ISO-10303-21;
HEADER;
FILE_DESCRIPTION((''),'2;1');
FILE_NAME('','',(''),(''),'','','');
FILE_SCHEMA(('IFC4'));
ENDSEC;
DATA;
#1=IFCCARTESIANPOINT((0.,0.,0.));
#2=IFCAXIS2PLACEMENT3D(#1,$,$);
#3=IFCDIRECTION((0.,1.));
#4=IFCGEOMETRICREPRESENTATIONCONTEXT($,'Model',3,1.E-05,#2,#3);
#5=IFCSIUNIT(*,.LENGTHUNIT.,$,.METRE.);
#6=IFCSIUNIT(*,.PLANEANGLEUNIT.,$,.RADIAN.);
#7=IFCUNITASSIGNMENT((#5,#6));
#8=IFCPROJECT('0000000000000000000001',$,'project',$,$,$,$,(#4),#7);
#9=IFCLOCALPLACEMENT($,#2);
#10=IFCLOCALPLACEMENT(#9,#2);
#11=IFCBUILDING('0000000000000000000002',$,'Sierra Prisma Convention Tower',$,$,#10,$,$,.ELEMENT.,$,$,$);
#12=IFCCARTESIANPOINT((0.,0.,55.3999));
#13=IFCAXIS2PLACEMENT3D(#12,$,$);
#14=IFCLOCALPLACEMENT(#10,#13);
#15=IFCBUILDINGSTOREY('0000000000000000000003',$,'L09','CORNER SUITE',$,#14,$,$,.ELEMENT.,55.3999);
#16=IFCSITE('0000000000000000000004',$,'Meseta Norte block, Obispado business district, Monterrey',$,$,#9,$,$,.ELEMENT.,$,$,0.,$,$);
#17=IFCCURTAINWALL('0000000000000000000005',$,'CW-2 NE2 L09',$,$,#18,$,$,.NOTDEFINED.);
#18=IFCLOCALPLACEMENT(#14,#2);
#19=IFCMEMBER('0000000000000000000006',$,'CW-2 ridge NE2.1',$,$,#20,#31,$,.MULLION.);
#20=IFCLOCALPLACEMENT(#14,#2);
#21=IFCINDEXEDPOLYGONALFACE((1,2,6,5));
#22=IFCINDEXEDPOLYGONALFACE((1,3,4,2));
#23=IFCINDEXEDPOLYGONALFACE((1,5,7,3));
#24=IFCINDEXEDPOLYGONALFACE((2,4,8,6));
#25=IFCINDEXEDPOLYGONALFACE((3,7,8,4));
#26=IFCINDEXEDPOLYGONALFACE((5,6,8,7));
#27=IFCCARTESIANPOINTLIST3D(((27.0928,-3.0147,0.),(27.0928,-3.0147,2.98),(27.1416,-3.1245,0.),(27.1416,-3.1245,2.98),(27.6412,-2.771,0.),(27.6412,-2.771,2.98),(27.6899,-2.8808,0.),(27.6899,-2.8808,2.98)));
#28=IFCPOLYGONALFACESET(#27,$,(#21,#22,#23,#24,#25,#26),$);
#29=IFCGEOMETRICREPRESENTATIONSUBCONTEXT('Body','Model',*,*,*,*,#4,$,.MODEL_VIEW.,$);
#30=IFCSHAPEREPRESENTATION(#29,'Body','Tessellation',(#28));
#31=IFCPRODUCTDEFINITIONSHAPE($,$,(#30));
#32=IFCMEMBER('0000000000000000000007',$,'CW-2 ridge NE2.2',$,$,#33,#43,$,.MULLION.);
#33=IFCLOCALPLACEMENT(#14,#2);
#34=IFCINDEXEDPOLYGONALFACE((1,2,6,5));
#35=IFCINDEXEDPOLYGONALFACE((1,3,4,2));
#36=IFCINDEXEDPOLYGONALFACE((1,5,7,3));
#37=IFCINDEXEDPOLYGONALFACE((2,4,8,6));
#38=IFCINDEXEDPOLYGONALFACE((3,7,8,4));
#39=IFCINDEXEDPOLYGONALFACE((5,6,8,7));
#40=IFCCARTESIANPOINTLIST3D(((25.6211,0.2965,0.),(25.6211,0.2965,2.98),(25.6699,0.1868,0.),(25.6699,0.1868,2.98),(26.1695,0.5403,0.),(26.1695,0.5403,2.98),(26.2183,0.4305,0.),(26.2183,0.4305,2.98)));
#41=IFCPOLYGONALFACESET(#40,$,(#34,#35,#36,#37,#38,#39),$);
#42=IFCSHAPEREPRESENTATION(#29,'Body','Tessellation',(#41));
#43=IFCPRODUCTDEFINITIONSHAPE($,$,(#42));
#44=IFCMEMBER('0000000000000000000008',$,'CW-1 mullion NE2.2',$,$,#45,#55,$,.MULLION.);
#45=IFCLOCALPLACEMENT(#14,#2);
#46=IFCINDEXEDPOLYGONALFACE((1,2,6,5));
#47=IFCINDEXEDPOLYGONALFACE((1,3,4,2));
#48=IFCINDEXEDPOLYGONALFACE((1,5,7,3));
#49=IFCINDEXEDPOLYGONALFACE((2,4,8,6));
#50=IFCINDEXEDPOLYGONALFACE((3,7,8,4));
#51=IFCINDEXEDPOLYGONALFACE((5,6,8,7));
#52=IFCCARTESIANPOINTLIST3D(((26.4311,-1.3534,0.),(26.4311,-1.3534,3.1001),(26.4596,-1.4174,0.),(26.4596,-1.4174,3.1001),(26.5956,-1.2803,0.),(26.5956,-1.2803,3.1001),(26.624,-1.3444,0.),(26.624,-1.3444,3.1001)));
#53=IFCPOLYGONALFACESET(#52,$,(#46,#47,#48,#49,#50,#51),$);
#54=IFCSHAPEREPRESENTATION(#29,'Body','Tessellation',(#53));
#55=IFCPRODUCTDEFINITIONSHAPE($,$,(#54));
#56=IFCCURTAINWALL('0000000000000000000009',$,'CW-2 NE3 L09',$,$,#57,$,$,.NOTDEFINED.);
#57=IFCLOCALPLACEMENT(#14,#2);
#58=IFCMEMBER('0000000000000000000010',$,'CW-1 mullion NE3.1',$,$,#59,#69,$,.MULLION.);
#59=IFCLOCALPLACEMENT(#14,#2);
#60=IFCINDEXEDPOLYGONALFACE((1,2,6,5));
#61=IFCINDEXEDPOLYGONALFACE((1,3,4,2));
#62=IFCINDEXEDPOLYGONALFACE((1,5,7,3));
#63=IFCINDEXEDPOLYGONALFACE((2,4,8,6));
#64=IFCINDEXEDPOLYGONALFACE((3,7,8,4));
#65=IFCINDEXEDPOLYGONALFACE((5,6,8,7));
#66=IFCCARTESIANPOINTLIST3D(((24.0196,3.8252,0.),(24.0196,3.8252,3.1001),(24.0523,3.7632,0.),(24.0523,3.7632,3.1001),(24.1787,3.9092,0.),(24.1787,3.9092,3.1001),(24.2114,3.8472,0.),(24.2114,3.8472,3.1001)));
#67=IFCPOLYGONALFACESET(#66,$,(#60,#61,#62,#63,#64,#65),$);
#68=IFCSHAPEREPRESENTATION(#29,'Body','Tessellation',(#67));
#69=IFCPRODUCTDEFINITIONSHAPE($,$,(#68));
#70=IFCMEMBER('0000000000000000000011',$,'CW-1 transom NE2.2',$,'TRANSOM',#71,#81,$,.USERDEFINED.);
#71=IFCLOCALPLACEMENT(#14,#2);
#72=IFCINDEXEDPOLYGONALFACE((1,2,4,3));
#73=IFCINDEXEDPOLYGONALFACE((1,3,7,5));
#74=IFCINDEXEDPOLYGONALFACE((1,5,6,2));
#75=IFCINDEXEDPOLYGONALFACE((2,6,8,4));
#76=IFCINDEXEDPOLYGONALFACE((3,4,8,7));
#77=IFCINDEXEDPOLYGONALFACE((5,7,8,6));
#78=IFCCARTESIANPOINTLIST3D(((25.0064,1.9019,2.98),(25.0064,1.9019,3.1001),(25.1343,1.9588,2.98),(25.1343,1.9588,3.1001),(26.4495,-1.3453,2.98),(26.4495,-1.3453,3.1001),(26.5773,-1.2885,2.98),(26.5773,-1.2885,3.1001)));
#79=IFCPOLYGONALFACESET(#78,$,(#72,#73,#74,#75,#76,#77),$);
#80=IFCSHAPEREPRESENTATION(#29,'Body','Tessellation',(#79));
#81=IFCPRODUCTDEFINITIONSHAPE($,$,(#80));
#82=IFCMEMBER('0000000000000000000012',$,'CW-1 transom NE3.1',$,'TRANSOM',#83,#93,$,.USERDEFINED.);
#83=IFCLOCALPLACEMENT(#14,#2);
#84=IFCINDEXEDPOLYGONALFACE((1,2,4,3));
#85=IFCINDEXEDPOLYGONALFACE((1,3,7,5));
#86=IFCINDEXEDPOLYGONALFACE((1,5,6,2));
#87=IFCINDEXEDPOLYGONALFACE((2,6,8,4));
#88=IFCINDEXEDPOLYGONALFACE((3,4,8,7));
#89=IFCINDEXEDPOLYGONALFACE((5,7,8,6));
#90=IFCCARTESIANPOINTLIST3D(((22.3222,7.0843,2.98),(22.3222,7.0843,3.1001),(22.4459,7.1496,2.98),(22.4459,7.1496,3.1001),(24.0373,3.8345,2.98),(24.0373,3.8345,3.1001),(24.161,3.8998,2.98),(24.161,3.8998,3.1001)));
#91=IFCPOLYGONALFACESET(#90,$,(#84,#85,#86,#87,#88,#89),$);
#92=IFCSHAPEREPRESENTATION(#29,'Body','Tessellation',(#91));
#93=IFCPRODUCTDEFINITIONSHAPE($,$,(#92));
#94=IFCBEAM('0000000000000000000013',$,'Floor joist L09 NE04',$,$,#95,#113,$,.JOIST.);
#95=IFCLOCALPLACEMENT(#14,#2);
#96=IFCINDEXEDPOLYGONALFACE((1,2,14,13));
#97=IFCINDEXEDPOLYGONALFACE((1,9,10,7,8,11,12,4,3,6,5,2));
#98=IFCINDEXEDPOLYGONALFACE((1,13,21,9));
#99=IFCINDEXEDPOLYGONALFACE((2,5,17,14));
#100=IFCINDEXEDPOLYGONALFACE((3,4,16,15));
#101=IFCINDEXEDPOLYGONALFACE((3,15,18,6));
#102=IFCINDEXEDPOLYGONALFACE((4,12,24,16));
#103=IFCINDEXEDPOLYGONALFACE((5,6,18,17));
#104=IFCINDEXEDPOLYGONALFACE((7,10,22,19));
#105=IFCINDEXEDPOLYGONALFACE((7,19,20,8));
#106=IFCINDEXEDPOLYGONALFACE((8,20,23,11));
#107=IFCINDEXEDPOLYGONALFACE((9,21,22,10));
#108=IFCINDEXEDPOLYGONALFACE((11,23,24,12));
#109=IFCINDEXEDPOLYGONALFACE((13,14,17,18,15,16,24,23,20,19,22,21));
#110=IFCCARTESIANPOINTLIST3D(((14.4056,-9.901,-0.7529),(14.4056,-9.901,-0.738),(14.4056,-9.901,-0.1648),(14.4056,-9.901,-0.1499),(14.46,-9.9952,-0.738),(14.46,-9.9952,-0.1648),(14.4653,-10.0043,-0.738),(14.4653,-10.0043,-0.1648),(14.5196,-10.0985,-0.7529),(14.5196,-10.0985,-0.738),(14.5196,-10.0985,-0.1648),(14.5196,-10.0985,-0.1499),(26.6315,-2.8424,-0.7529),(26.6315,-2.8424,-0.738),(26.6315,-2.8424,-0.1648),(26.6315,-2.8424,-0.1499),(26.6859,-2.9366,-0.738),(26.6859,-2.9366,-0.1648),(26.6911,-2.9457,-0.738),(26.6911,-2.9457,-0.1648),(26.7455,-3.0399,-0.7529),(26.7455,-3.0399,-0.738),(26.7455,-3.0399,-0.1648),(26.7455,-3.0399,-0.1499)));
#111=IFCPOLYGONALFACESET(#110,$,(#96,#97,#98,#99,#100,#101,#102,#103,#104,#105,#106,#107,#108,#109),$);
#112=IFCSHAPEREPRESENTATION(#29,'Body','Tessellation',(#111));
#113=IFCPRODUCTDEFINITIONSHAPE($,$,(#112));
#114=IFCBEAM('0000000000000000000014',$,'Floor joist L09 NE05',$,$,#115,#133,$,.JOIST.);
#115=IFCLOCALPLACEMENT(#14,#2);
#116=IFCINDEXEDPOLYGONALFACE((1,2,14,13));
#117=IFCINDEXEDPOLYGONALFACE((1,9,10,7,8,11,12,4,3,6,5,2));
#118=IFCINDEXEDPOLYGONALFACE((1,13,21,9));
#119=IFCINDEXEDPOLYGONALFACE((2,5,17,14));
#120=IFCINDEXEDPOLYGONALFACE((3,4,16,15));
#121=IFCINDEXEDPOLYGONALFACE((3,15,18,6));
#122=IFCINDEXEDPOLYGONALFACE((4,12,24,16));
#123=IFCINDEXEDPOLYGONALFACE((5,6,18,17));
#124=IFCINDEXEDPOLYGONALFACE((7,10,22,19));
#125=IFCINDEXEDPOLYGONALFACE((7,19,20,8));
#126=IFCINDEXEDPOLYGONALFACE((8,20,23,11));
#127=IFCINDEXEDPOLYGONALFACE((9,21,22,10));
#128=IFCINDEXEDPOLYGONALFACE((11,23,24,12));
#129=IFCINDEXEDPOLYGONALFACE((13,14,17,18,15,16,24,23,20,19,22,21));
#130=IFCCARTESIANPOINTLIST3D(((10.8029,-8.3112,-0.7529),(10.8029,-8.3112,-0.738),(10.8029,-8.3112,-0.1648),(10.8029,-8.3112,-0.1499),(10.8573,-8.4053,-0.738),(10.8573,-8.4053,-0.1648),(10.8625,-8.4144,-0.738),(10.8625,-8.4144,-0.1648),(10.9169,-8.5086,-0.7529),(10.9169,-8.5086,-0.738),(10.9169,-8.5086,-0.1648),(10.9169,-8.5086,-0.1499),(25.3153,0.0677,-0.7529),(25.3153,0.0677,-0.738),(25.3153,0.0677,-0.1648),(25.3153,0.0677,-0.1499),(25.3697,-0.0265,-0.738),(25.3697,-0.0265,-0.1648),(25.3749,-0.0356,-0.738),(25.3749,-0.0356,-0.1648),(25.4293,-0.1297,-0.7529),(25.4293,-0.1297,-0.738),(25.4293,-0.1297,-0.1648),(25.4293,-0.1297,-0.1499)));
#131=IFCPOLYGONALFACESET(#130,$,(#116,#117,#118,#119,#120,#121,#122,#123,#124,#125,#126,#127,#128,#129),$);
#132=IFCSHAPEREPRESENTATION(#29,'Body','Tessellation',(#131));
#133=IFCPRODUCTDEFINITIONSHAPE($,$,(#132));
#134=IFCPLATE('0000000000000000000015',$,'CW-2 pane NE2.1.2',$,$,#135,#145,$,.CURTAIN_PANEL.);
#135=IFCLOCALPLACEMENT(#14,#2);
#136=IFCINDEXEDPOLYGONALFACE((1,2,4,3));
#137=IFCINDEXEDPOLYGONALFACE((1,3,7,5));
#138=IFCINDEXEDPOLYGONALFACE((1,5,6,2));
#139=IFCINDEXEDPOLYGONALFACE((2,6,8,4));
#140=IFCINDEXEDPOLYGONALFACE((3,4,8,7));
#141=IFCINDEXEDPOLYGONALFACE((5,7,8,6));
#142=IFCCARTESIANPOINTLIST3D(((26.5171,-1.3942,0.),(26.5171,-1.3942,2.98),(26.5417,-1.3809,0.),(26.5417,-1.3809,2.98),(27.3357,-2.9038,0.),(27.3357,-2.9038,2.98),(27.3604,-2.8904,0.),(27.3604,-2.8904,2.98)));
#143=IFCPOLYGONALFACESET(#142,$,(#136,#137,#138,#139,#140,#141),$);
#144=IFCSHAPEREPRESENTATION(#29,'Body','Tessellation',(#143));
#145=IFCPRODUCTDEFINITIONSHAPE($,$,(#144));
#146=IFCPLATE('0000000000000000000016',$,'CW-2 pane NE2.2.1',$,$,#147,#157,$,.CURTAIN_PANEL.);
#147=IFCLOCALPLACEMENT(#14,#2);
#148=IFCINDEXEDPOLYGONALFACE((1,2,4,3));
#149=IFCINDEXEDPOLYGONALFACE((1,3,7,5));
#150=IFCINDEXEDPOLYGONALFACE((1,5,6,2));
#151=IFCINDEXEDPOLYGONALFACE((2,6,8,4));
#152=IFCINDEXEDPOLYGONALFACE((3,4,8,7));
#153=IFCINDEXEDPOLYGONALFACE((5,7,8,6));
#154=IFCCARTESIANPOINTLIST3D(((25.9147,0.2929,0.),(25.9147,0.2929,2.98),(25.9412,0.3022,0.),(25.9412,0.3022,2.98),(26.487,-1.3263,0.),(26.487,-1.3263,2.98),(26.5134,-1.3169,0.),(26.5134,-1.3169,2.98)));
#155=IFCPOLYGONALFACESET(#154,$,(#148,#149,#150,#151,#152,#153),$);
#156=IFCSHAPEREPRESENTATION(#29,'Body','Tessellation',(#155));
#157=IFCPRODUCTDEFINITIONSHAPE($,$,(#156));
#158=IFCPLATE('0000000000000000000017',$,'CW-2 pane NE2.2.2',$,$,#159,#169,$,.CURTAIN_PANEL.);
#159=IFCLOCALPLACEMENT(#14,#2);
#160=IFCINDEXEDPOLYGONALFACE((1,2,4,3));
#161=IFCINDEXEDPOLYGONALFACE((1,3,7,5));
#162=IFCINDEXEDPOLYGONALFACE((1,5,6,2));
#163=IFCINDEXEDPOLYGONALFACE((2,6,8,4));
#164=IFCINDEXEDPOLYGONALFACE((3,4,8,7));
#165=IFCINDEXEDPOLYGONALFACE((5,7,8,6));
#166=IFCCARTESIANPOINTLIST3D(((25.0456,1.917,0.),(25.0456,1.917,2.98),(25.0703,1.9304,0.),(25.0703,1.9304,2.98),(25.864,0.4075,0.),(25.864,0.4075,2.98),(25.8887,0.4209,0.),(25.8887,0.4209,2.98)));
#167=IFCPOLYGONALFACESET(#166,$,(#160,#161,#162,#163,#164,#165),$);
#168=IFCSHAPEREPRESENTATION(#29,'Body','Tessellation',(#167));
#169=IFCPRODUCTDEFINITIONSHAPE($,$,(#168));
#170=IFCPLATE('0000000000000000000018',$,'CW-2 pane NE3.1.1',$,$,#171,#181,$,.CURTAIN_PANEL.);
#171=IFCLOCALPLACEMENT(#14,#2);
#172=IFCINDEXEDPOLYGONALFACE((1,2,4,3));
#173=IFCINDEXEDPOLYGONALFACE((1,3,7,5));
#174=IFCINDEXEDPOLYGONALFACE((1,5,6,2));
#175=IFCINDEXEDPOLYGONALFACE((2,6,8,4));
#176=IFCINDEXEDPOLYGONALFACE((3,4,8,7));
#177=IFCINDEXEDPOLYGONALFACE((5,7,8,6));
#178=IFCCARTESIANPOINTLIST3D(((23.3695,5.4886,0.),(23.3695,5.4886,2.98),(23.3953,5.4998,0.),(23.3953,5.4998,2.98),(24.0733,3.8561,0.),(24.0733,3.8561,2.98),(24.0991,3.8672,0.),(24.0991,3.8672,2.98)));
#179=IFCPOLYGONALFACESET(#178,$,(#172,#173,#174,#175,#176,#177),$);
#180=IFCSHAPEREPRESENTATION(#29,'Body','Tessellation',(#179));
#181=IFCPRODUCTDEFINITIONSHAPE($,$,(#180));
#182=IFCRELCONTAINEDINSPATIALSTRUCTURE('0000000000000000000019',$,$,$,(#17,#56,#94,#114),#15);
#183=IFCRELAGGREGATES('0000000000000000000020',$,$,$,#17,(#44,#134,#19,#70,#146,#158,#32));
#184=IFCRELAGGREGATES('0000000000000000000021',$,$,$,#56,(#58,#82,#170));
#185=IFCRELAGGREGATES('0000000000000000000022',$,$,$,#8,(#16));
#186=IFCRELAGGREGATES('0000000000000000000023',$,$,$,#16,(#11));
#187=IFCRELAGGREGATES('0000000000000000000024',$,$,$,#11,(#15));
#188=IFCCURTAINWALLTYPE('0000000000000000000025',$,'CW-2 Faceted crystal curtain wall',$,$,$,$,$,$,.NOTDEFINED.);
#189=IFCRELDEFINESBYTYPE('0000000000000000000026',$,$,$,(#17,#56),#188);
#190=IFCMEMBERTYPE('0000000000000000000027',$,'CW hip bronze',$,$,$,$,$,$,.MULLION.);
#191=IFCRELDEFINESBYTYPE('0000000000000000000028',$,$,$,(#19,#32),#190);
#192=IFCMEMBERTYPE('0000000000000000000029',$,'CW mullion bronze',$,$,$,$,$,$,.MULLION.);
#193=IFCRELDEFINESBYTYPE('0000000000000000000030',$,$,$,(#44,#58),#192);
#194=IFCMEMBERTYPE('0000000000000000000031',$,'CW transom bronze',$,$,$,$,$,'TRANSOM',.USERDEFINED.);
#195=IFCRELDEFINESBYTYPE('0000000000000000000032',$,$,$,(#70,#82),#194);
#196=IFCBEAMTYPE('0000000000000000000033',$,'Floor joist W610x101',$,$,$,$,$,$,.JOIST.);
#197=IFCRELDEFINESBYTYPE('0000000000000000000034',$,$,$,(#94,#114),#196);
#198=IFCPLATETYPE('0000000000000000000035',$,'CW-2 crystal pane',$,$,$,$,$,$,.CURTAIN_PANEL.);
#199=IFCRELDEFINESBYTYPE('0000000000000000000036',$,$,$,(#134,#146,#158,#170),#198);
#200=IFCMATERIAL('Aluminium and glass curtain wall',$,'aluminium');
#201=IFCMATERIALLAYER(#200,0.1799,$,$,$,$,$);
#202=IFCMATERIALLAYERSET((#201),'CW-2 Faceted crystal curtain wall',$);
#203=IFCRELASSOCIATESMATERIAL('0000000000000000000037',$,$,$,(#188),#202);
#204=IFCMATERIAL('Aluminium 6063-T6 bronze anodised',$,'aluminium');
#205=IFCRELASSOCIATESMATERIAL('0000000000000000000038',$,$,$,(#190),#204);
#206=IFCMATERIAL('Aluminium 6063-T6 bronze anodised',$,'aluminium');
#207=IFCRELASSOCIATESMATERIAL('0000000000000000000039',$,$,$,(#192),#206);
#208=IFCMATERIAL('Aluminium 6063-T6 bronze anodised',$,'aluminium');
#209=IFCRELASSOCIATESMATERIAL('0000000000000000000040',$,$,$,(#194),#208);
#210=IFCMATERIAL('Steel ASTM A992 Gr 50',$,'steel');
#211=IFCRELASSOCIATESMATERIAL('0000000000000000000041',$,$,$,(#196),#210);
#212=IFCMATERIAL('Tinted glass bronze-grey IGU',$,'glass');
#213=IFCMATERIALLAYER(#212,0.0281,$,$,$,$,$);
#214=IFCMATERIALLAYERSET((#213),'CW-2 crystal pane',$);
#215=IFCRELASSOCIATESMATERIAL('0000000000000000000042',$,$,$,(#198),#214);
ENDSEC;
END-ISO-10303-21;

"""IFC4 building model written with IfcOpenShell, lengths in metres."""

from ifc_helpers import new_model, si_unit, direction, frame, origin, origin_2d, place, context, subcontext, project, spatial, polyline, rectangle, i_section, outline, extrude, material, layer, layer_set, material_profile, profile_set, type_object, element, aggregate, save


model = new_model("IFC4")

# Units and contexts
model_context = context("Model", 3, precision=1e-05, world=origin(), true_north=direction((0.0, 1.0)))
body_context = subcontext(model_context, "Body", "Model", "MODEL_VIEW")
ifc_project = project(units=[si_unit("LENGTHUNIT", "METRE"), si_unit("PLANEANGLEUNIT", "RADIAN")], contexts=[model_context])

# Site, building, storey
site_placement = place(None, origin())
site = spatial("IfcSite", under=ifc_project, at=site_placement, Name="Meseta Norte block, Obispado business district, Monterrey", CompositionType="ELEMENT", RefElevation=0.0)
building_placement = place(site_placement, origin())
building = spatial("IfcBuilding", under=site, at=building_placement, Name="Sierra Prisma Convention Tower", CompositionType="ELEMENT")
storey_placement = place(building_placement, frame((0.0, 0.0, 55.3999)))
storey = spatial("IfcBuildingStorey", under=building, at=storey_placement, Name="L09", Description="CORNER SUITE", CompositionType="ELEMENT", Elevation=55.3999)

# Curtain wall, members
ifc_material_1 = material(Name="Aluminium and glass curtain wall", Category="aluminium")
ifc_layer_1 = layer(ifc_material_1, 0.1799)
ifc_layer_set_1 = layer_set([ifc_layer_1], Name="CW-2 Faceted crystal curtain wall")
curtain_wall_type = type_object("IfcCurtainWallType", Name="CW-2 Faceted crystal curtain wall", PredefinedType="NOTDEFINED", material=ifc_layer_set_1)
curtain_wall_1_placement = place(storey_placement, origin())
curtain_wall_1 = element("IfcCurtainWall", 1, at=curtain_wall_1_placement, inside=storey, type_object=curtain_wall_type, Name="CW-2 NE2 L09", PredefinedType="NOTDEFINED")
ifc_material_2 = material(Name="Aluminium 6063-T6 bronze anodised", Category="aluminium")
ifc_material_profile_1 = material_profile(ifc_material_2, rectangle(XDim=0.1201, YDim=0.6001, at=origin_2d()), Name="ALU RIDGE BLADE 120x600")
ifc_profile_set_1 = profile_set([ifc_material_profile_1], Name="Aluminium 6063-T6 bronze anodised")
member_type_1 = type_object("IfcMemberType", Name="CW hip bronze", PredefinedType="MULLION", material=ifc_profile_set_1)
member_1_placement = place(storey_placement, frame((27.3914, -2.9478, 0.0), z_axis=(0.0, 0.0, 1.0), x_axis=(-0.406136, 0.913813, 0.0)))
member_1 = element("IfcMember", 2, at=member_1_placement, type_object=member_type_1, Name="CW-2 ridge NE2.1", PredefinedType="MULLION", context=body_context, shape_type="SweptSolid", body=[
    extrude(rectangle(XDim=0.1201, YDim=0.6001, at=origin_2d()), origin(), (0.0, 0.0, 1.0), 2.98),
])
member_2_placement = place(storey_placement, frame((25.9197, 0.3635, 0.0), z_axis=(0.0, 0.0, 1.0), x_axis=(-0.406136, 0.913813, 0.0)))
member_2 = element("IfcMember", 3, at=member_2_placement, type_object=member_type_1, Name="CW-2 ridge NE2.2", PredefinedType="MULLION", context=body_context, shape_type="SweptSolid", body=[
    extrude(rectangle(XDim=0.1201, YDim=0.6001, at=origin_2d()), origin(), (0.0, 0.0, 1.0), 2.98),
])
ifc_material_3 = material(Name="Aluminium 6063-T6 bronze anodised", Category="aluminium")
ifc_material_profile_2 = material_profile(ifc_material_3, rectangle(XDim=0.1799, YDim=0.0701, at=origin_2d()), Name="ALU MULLION 70x180")
ifc_profile_set_2 = profile_set([ifc_material_profile_2], Name="Aluminium 6063-T6 bronze anodised")
member_type_2 = type_object("IfcMemberType", Name="CW mullion bronze", PredefinedType="MULLION", material=ifc_profile_set_2)
member_3_placement = place(storey_placement, frame((26.5276, -1.3489, 0.0), z_axis=(0.0, 0.0, 1.0), x_axis=(-0.913813, -0.406136, 0.0)))
member_3 = element("IfcMember", 4, at=member_3_placement, type_object=member_type_2, Name="CW-1 mullion NE2.2", PredefinedType="MULLION", context=body_context, shape_type="SweptSolid", body=[
    extrude(rectangle(XDim=0.1799, YDim=0.0701, at=origin_2d()), origin(), (0.0, 0.0, 1.0), 3.1001),
])

# Curtain wall, member
curtain_wall_2_placement = place(storey_placement, origin())
curtain_wall_2 = element("IfcCurtainWall", 5, at=curtain_wall_2_placement, inside=storey, type_object=curtain_wall_type, Name="CW-2 NE3 L09", PredefinedType="NOTDEFINED")
member_4_placement = place(storey_placement, frame((24.1155, 3.8362, 0.0), z_axis=(0.0, 0.0, 1.0), x_axis=(-0.884403, -0.466724, 0.0)))
member_4 = element("IfcMember", 6, at=member_4_placement, type_object=member_type_2, Name="CW-1 mullion NE3.1", PredefinedType="MULLION", context=body_context, shape_type="SweptSolid", body=[
    extrude(rectangle(XDim=0.1799, YDim=0.0701, at=origin_2d()), origin(), (0.0, 0.0, 1.0), 3.1001),
])

# Members
ifc_material_4 = material(Name="Aluminium 6063-T6 bronze anodised", Category="aluminium")
ifc_material_profile_3 = material_profile(ifc_material_4, rectangle(XDim=0.1399, YDim=0.1201, at=origin_2d()), Name="ALU TRANSOM 120x140")
ifc_profile_set_3 = profile_set([ifc_material_profile_3], Name="Aluminium 6063-T6 bronze anodised")
member_type_3 = type_object("IfcMemberType", Name="CW transom bronze", ElementType="TRANSOM", PredefinedType="USERDEFINED", material=ifc_profile_set_3)
member_5_placement = place(storey_placement, frame((26.5134, -1.3169, 3.04), z_axis=(-0.406107, 0.913826, 0.0), x_axis=(-0.913826, -0.406107, 0.0)))
member_5 = element("IfcMember", 7, at=member_5_placement, type_object=member_type_3, Name="CW-1 transom NE2.2", ObjectType="TRANSOM", PredefinedType="USERDEFINED", context=body_context, shape_type="SweptSolid", body=[
    extrude(rectangle(XDim=0.1399, YDim=0.1201, at=origin_2d()), origin(), (0.0, 0.0, 1.0), 3.5535),
])
member_6_placement = place(storey_placement, frame((24.0991, 3.8672, 3.04), z_axis=(-0.466746, 0.884392, 0.0), x_axis=(-0.884392, -0.466746, 0.0)))
member_6 = element("IfcMember", 8, at=member_6_placement, type_object=member_type_3, Name="CW-1 transom NE3.1", ObjectType="TRANSOM", PredefinedType="USERDEFINED", context=body_context, shape_type="SweptSolid", body=[
    extrude(rectangle(XDim=0.1399, YDim=0.1201, at=origin_2d()), origin(), (0.0, 0.0, 1.0), 3.6746),
])

# Beams
ifc_material_5 = material(Name="Steel ASTM A992 Gr 50", Category="steel")
ifc_material_profile_4 = material_profile(ifc_material_5, i_section(OverallWidth=0.228, OverallDepth=0.603, WebThickness=0.0105, FlangeThickness=0.0149, at=origin_2d()), Name="W610x101")
ifc_profile_set_4 = profile_set([ifc_material_profile_4], Name="Steel ASTM A992 Gr 50")
beam_type = type_object("IfcBeamType", Name="Floor joist W610x101", PredefinedType="JOIST", material=ifc_profile_set_4)
beam_1_placement = place(storey_placement, frame((26.6885, -2.9412, -0.4514), z_axis=(-0.866025, -0.5, 0.0), x_axis=(0.5, -0.866025, 0.0)))
element("IfcBeam", 9, at=beam_1_placement, inside=storey, type_object=beam_type, Name="Floor joist L09 NE04", PredefinedType="JOIST", context=body_context, shape_type="SweptSolid", body=[
    extrude(i_section(OverallWidth=0.228, OverallDepth=0.603, WebThickness=0.0105, FlangeThickness=0.0149, at=origin_2d()), origin(), (0.0, 0.0, 1.0), 14.1172),
])
beam_2_placement = place(storey_placement, frame((25.3723, -0.031, -0.4514), z_axis=(-0.866022, -0.500006, 0.0), x_axis=(0.500006, -0.866022, 0.0)))
element("IfcBeam", 10, at=beam_2_placement, inside=storey, type_object=beam_type, Name="Floor joist L09 NE05", PredefinedType="JOIST", context=body_context, shape_type="SweptSolid", body=[
    extrude(i_section(OverallWidth=0.228, OverallDepth=0.603, WebThickness=0.0105, FlangeThickness=0.0149, at=origin_2d()), origin(), (0.0, 0.0, 1.0), 16.7576),
])

# Plates
ifc_material_6 = material(Name="Tinted glass bronze-grey IGU", Category="glass")
ifc_layer_2 = layer(ifc_material_6, 0.0281)
ifc_layer_set_2 = layer_set([ifc_layer_2], Name="CW-2 crystal pane")
plate_type = type_object("IfcPlateType", Name="CW-2 crystal pane", PredefinedType="CURTAIN_PANEL", material=ifc_layer_set_2)
plate_1_placement = place(storey_placement, frame((26.5417, -1.3809, 0.0), z_axis=(0.879061, 0.476709, 0.0), x_axis=(0.476709, -0.879061, 0.0)))
plate_1 = element("IfcPlate", 11, at=plate_1_placement, type_object=plate_type, Name="CW-2 pane NE2.1.2", PredefinedType="CURTAIN_PANEL", context=body_context, shape_type="SweptSolid", body=[
    extrude(outline(polyline([(0.0, 0.0), (1.7172, 0.0), (1.7172, -2.98), (0.0, -2.98), (0.0, 0.0)])), origin(), (0.0, 0.0, -1.0), 0.0281),
])
plate_2_placement = place(storey_placement, frame((26.5134, -1.3169, 0.0), z_axis=(0.942843, 0.333237, 0.0), x_axis=(-0.333237, 0.942843, 0.0)))
plate_2 = element("IfcPlate", 12, at=plate_2_placement, type_object=plate_type, Name="CW-2 pane NE2.2.1", PredefinedType="CURTAIN_PANEL", context=body_context, shape_type="SweptSolid", body=[
    extrude(outline(polyline([(0.0, 0.0), (1.7173, 0.0), (1.7173, 2.98), (0.0, 2.98), (0.0, 0.0)])), origin(), (0.0, 0.0, -1.0), 0.0281),
])
plate_3_placement = place(storey_placement, frame((25.0703, 1.9304, 0.0), z_axis=(0.879121, 0.476599, 0.0), x_axis=(0.476599, -0.879121, 0.0)))
plate_3 = element("IfcPlate", 13, at=plate_3_placement, type_object=plate_type, Name="CW-2 pane NE2.2.2", PredefinedType="CURTAIN_PANEL", context=body_context, shape_type="SweptSolid", body=[
    extrude(outline(polyline([(0.0, 0.0), (1.7171, 0.0), (1.7171, -2.98), (0.0, -2.98), (0.0, 0.0)])), origin(), (0.0, 0.0, -1.0), 0.0281),
])
aggregate(curtain_wall_1, [member_3, plate_1, member_1, member_5, plate_2, plate_3, member_2])
plate_4_placement = place(storey_placement, frame((24.0991, 3.8672, 0.0), z_axis=(0.918291, 0.395907, 0.0), x_axis=(-0.395907, 0.918291, 0.0)))
plate_4 = element("IfcPlate", 14, at=plate_4_placement, type_object=plate_type, Name="CW-2 pane NE3.1.1", PredefinedType="CURTAIN_PANEL", context=body_context, shape_type="SweptSolid", body=[
    extrude(outline(polyline([(0.0, 0.0), (1.7778, 0.0), (1.7778, 2.98), (0.0, 2.98), (0.0, 0.0)])), origin(), (0.0, 0.0, -1.0), 0.0281),
])
aggregate(curtain_wall_2, [member_4, member_6, plate_4])

save(model, "model.ifc")
